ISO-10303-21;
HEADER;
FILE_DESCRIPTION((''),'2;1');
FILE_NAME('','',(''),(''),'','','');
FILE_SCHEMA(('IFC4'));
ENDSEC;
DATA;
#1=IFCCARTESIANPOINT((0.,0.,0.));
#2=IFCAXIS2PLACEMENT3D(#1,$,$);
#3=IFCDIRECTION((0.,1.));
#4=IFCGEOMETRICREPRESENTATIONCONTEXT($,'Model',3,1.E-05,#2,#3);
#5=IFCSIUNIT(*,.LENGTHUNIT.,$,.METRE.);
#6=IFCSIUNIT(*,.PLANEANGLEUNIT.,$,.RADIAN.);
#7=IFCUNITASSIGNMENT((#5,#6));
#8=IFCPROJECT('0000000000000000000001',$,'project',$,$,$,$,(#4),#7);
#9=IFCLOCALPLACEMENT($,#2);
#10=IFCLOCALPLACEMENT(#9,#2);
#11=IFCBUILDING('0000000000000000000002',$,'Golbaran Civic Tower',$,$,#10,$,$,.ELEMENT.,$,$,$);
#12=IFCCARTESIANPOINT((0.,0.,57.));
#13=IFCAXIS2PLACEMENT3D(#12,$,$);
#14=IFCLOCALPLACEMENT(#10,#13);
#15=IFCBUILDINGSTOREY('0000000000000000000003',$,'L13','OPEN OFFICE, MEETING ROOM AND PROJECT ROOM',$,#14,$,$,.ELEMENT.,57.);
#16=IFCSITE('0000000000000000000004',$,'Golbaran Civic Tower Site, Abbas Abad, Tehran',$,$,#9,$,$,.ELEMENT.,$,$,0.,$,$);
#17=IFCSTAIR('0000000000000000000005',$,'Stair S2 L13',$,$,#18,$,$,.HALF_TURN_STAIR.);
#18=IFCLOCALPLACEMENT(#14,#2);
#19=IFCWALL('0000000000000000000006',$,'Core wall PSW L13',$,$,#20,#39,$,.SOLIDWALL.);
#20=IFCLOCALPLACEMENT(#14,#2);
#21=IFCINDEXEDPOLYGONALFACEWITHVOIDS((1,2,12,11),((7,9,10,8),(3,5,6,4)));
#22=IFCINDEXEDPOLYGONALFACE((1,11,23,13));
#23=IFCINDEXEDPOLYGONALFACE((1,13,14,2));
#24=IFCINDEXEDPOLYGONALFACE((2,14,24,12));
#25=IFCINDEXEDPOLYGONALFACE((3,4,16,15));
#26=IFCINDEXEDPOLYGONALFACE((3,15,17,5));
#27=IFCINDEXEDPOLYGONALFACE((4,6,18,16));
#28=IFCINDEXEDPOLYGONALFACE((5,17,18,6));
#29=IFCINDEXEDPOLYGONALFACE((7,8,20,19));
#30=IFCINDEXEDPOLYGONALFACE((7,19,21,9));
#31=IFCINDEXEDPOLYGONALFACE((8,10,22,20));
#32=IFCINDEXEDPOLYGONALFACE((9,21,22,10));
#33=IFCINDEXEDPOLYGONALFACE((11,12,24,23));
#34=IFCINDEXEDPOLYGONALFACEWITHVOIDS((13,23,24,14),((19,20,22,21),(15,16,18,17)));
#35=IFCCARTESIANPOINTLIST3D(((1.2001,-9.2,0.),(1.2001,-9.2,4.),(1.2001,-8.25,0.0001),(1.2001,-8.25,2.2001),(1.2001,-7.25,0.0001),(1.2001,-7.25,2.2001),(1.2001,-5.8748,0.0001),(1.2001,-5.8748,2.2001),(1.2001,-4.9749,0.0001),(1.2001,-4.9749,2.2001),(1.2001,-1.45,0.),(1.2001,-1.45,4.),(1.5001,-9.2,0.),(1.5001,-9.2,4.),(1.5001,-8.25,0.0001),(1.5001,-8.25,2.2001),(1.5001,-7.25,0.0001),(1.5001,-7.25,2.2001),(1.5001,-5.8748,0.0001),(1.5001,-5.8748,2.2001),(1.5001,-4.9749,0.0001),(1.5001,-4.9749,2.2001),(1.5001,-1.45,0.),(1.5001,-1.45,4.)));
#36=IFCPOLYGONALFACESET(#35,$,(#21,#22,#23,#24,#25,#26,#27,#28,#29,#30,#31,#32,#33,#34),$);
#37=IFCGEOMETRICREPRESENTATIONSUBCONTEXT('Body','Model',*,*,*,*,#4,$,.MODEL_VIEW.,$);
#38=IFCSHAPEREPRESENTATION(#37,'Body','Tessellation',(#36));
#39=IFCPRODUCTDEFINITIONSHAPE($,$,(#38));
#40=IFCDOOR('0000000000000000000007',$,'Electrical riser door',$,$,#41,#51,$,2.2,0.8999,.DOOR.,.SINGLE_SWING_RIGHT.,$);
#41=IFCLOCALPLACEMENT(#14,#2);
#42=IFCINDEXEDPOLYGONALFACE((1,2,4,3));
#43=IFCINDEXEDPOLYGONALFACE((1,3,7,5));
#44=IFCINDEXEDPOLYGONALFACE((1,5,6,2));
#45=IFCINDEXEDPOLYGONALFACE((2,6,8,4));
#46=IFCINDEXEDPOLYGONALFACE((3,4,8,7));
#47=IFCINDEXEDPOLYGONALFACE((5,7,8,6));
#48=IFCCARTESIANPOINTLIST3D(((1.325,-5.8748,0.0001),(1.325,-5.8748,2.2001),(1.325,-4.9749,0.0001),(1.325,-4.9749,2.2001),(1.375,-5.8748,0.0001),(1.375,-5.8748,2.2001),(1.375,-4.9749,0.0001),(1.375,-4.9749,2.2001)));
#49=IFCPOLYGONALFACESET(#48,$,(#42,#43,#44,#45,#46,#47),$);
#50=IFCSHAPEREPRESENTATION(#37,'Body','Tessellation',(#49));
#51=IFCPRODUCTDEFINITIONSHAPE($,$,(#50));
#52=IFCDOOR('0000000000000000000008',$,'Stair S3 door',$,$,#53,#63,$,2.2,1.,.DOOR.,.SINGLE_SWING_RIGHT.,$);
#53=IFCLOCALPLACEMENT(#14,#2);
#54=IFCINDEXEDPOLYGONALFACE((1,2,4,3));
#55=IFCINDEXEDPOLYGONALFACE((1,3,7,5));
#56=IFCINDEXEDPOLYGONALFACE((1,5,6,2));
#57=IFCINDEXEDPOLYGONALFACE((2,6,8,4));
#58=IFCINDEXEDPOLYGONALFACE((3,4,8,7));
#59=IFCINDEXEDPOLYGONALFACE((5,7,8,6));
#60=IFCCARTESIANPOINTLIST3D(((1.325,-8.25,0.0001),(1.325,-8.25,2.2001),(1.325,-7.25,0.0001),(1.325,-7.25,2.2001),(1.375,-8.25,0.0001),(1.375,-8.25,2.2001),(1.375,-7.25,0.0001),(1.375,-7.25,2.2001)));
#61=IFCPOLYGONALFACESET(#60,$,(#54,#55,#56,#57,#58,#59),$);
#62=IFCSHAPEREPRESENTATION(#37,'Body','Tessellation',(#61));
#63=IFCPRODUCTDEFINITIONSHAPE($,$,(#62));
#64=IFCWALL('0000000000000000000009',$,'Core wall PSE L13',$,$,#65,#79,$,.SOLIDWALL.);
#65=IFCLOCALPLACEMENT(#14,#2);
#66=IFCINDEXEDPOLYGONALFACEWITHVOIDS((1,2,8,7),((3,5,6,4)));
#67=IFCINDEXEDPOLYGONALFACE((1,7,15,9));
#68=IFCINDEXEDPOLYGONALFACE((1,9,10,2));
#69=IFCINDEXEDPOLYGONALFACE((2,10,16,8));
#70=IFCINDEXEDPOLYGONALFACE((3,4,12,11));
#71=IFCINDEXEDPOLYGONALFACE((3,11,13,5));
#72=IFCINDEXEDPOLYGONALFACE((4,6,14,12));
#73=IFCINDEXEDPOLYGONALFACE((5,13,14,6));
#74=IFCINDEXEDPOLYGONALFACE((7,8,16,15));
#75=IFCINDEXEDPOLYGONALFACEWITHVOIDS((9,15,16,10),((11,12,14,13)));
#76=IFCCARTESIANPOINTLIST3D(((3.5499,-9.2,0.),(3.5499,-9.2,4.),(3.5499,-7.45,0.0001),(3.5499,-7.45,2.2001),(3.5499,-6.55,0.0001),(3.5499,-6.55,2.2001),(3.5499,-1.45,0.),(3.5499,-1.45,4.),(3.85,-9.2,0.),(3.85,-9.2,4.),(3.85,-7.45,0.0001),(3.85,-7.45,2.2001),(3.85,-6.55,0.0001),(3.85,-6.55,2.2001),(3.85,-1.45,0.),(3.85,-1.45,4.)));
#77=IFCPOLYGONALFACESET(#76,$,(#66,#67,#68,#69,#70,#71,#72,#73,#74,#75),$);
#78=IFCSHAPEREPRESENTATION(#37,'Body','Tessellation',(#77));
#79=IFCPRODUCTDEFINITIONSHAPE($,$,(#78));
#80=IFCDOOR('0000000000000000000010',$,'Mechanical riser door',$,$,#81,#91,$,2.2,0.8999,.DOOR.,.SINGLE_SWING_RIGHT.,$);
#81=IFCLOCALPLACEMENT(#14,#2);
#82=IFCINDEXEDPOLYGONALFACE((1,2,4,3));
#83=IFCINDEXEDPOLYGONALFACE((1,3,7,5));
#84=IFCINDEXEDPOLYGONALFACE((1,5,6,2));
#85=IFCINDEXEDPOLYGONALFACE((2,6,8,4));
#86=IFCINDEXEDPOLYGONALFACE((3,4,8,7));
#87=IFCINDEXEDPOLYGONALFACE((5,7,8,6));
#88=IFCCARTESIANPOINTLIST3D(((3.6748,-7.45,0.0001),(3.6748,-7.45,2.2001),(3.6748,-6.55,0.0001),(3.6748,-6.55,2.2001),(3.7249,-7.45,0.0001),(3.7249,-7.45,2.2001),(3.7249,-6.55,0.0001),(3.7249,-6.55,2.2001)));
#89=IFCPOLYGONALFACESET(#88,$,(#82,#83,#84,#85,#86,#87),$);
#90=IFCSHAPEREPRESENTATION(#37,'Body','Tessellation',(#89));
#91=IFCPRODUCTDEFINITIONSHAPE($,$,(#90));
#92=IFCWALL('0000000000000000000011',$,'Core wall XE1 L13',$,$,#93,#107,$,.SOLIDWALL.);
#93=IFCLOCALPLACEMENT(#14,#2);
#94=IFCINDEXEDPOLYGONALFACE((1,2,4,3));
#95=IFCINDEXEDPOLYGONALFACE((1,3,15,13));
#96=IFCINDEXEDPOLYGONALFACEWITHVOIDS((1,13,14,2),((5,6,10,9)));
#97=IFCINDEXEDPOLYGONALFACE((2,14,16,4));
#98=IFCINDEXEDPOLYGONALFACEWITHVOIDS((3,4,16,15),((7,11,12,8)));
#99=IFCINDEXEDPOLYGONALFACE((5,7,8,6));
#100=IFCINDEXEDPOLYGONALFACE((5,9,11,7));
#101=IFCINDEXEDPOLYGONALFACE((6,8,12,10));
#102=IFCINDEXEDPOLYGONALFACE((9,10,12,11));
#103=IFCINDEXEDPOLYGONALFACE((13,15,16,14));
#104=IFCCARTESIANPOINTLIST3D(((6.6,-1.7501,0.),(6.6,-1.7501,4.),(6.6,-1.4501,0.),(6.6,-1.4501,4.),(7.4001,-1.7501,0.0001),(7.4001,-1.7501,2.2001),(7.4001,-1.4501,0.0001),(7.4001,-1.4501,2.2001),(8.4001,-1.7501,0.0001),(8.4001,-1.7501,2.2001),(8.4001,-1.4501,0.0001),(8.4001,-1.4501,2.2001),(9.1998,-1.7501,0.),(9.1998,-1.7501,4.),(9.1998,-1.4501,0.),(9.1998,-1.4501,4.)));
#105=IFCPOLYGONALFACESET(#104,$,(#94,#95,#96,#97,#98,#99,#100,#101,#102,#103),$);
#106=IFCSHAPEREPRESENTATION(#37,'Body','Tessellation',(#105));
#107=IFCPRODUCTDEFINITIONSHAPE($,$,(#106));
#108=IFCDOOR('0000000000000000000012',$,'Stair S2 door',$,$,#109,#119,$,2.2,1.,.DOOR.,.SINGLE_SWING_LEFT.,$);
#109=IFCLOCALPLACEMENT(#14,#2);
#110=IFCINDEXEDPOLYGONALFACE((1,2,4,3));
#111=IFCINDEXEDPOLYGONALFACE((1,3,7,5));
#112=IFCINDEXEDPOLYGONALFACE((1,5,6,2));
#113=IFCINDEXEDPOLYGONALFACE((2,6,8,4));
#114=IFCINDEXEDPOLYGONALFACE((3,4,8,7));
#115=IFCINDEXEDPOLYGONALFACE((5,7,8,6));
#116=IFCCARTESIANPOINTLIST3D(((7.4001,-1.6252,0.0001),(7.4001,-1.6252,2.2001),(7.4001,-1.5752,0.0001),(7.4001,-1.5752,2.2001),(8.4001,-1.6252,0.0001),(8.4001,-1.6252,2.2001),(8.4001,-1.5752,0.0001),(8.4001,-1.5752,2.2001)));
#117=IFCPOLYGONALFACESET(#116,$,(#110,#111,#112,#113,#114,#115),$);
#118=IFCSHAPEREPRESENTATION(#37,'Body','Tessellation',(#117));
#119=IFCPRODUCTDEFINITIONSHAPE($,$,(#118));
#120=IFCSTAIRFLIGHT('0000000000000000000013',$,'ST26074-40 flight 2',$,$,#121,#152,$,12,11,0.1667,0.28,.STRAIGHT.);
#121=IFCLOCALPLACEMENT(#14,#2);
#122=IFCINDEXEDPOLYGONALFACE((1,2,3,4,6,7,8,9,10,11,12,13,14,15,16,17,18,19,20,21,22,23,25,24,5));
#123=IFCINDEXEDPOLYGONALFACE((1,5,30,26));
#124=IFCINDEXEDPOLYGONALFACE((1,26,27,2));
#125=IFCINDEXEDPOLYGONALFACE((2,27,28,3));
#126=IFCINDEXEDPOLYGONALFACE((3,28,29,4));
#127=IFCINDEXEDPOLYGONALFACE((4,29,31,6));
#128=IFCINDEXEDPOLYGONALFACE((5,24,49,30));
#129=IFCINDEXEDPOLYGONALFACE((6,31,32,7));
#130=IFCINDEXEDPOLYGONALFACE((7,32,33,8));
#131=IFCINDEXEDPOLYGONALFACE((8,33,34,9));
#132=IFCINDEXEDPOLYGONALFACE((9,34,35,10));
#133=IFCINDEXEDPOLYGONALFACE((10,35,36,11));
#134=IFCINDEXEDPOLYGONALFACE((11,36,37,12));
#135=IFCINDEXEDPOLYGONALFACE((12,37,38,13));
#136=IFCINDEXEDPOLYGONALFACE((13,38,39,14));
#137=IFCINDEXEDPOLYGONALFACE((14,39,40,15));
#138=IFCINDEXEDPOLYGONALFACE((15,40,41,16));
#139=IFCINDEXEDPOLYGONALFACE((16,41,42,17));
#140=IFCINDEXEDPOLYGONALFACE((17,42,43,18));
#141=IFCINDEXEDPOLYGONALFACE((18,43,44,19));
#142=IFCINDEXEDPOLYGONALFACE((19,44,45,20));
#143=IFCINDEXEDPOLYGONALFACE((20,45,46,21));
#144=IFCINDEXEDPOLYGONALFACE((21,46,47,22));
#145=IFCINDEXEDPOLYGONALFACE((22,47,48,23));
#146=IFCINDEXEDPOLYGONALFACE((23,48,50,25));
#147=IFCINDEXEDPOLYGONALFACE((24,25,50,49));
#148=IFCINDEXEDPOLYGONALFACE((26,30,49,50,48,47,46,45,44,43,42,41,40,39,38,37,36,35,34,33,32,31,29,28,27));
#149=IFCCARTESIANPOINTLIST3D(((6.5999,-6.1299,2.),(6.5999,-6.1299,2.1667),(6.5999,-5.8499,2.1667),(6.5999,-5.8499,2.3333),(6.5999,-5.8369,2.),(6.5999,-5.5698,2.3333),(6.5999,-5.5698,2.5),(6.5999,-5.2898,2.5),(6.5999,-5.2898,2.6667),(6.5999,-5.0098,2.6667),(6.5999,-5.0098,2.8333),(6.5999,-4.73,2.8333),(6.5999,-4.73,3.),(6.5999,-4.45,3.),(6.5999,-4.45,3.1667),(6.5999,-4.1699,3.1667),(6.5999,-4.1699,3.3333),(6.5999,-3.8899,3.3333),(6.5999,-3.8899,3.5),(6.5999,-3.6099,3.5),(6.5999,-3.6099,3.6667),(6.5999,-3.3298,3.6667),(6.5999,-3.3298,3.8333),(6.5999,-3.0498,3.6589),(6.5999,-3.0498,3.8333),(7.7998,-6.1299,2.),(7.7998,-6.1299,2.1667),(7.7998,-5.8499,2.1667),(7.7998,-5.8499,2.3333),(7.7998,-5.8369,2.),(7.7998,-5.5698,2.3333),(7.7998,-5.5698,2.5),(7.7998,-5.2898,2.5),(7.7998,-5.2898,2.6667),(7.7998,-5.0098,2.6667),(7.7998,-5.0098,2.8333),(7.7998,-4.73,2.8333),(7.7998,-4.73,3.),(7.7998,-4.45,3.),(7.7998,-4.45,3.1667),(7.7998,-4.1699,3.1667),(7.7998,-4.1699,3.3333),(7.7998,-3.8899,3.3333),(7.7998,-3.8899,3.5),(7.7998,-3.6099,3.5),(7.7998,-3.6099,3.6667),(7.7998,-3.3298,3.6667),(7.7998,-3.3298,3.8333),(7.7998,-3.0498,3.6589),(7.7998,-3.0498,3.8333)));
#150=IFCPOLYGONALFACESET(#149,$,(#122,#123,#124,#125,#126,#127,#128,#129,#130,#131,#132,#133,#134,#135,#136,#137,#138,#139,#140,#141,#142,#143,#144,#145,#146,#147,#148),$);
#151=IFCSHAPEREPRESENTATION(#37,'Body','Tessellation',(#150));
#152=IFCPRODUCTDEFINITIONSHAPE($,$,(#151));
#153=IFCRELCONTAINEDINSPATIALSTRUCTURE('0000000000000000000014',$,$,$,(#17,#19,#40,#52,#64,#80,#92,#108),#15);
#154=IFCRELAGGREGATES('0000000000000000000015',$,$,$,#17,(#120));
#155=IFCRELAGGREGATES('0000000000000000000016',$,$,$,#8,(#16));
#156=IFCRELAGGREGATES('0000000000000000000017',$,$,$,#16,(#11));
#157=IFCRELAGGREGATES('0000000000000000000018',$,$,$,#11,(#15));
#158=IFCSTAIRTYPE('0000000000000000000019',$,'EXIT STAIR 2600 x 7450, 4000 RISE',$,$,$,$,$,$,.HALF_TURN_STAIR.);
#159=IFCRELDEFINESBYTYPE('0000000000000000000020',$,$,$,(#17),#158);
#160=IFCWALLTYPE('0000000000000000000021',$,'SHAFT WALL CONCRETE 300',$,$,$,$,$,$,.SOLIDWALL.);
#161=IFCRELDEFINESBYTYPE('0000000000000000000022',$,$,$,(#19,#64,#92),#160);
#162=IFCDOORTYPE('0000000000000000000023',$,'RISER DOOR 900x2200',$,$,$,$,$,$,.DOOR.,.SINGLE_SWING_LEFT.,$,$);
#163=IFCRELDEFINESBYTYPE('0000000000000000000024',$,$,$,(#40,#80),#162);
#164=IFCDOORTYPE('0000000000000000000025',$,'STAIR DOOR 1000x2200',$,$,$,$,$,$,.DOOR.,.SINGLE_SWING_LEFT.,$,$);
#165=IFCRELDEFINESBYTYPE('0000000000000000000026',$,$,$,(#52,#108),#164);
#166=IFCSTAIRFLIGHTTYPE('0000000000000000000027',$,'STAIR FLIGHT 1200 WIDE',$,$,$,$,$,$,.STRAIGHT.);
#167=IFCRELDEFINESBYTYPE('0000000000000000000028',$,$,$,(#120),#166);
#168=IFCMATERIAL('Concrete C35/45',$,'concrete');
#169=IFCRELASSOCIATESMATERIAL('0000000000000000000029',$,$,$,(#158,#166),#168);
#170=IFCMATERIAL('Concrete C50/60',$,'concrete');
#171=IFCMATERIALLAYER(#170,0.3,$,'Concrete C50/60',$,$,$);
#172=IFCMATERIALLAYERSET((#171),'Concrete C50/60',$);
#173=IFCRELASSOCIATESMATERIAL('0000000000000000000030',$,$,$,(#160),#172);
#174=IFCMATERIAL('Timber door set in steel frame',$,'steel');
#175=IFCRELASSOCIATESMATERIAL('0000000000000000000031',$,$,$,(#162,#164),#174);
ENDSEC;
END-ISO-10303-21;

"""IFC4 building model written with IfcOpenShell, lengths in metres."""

from ifc_helpers import new_model, si_unit, direction, frame, frame_2d, origin, place, context, subcontext, project, spatial, polyline, rectangle, outline, extrude, material, layer, layer_set, type_object, element, fill, aggregate, save


model = new_model("IFC4")

# Units and contexts
model_context = context("Model", 3, precision=1e-05, world=origin(), true_north=direction((0.0, 1.0)))
body_context = subcontext(model_context, "Body", "Model", "MODEL_VIEW")
ifc_project = project(units=[si_unit("LENGTHUNIT", "METRE"), si_unit("PLANEANGLEUNIT", "RADIAN")], contexts=[model_context])

# Site, building, storey
site_placement = place(None, origin())
site = spatial("IfcSite", under=ifc_project, at=site_placement, Name="Golbaran Civic Tower Site, Abbas Abad, Tehran", CompositionType="ELEMENT", RefElevation=0.0)
building_placement = place(site_placement, origin())
building = spatial("IfcBuilding", under=site, at=building_placement, Name="Golbaran Civic Tower", CompositionType="ELEMENT")
storey_placement = place(building_placement, frame((0.0, 0.0, 57.0)))
storey = spatial("IfcBuildingStorey", under=building, at=storey_placement, Name="L13", Description="OPEN OFFICE, MEETING ROOM AND PROJECT ROOM", CompositionType="ELEMENT", Elevation=57.0)

# Shared definitions
ifc_material_1 = material(Name="Concrete C35/45", Category="concrete")

# Shared definitions
stair_type = type_object("IfcStairType", Name="EXIT STAIR 2600 x 7450, 4000 RISE", PredefinedType="HALF_TURN_STAIR", material=ifc_material_1)

# Stair
stair_1_placement = place(storey_placement, origin())
stair_1 = element("IfcStair", 1, at=stair_1_placement, inside=storey, type_object=stair_type, Name="Stair S2 L13", PredefinedType="HALF_TURN_STAIR")

# Shared definitions
ifc_material_2 = material(Name="Timber door set in steel frame", Category="steel")

# Shared definitions
ifc_material_3 = material(Name="Concrete C50/60", Category="concrete")
ifc_layer_1 = layer(ifc_material_3, 0.3, Name="Concrete C50/60")
ifc_layer_set_1 = layer_set([ifc_layer_1], Name="Concrete C50/60")
wall_type_1 = type_object("IfcWallType", Name="SHAFT WALL CONCRETE 300", PredefinedType="SOLIDWALL", material=ifc_layer_set_1)

# Wall, openings, doors
wall_1_placement = place(storey_placement, frame((1.3501, -1.45, 0.0), z_axis=(0.0, 0.0, 1.0), x_axis=(0.0, -1.0, 0.0)))
wall_1 = element("IfcWall", 2, at=wall_1_placement, inside=storey, type_object=wall_type_1, Name="Core wall PSW L13", PredefinedType="SOLIDWALL", context=body_context, shape_type="SweptSolid", body=[
    extrude(rectangle(XDim=7.75, YDim=0.3, at=frame_2d((3.875, 0.0))), origin(), (0.0, 0.0, 1.0), 4.0),
])
opening_1_placement = place(wall_1_placement, frame((5.8, 0.0, 0.0)))
opening_1 = element("IfcOpeningElement", 3, at=opening_1_placement, cuts=wall_1, PredefinedType="OPENING", context=body_context, shape_type="SweptSolid", body=[
    extrude(rectangle(XDim=1.0, YDim=2.2, at=frame_2d((0.5, 1.1001))), frame((0.0, 0.1599, 0.0), z_axis=(0.0, -1.0, 0.0), x_axis=(1.0, 0.0, 0.0)), (0.0, 0.0, 1.0), 0.3201),
])
opening_2_placement = place(wall_1_placement, frame((3.5249, 0.0, 0.0)))
opening_2 = element("IfcOpeningElement", 4, at=opening_2_placement, cuts=wall_1, PredefinedType="OPENING", context=body_context, shape_type="SweptSolid", body=[
    extrude(rectangle(XDim=0.8999, YDim=2.2, at=frame_2d((0.45, 1.1001))), frame((0.0, 0.1599, 0.0), z_axis=(0.0, -1.0, 0.0), x_axis=(1.0, 0.0, 0.0)), (0.0, 0.0, 1.0), 0.3201),
])
door_type_1 = type_object("IfcDoorType", Name="RISER DOOR 900x2200", OperationType="SINGLE_SWING_LEFT", PredefinedType="DOOR", material=ifc_material_2)
door_1_placement = place(opening_2_placement, origin())
door_1 = element("IfcDoor", 5, at=door_1_placement, inside=storey, type_object=door_type_1, Name="Electrical riser door", OperationType="SINGLE_SWING_RIGHT", OverallHeight=2.2, OverallWidth=0.8999, PredefinedType="DOOR", context=body_context, shape_type="SweptSolid", body=[
    extrude(rectangle(XDim=0.8999, YDim=2.2, at=frame_2d((0.45, 1.1001))), frame((0.0, 0.0249, 0.0), z_axis=(0.0, -1.0, 0.0), x_axis=(1.0, 0.0, 0.0)), (0.0, 0.0, 1.0), 0.05),
])
fill(opening_2, door_1)
door_type_2 = type_object("IfcDoorType", Name="STAIR DOOR 1000x2200", OperationType="SINGLE_SWING_LEFT", PredefinedType="DOOR", material=ifc_material_2)
door_2_placement = place(opening_1_placement, origin())
door_2 = element("IfcDoor", 6, at=door_2_placement, inside=storey, type_object=door_type_2, Name="Stair S3 door", OperationType="SINGLE_SWING_RIGHT", OverallHeight=2.2, OverallWidth=1.0, PredefinedType="DOOR", context=body_context, shape_type="SweptSolid", body=[
    extrude(rectangle(XDim=1.0, YDim=2.2, at=frame_2d((0.5, 1.1001))), frame((0.0, 0.0249, 0.0), z_axis=(0.0, -1.0, 0.0), x_axis=(1.0, 0.0, 0.0)), (0.0, 0.0, 1.0), 0.05),
])
fill(opening_1, door_2)

# Walls, openings, doors
wall_2_placement = place(storey_placement, frame((3.7, -1.45, 0.0), z_axis=(0.0, 0.0, 1.0), x_axis=(0.0, -1.0, 0.0)))
wall_2 = element("IfcWall", 7, at=wall_2_placement, inside=storey, type_object=wall_type_1, Name="Core wall PSE L13", PredefinedType="SOLIDWALL", context=body_context, shape_type="SweptSolid", body=[
    extrude(rectangle(XDim=7.75, YDim=0.3, at=frame_2d((3.875, 0.0))), origin(), (0.0, 0.0, 1.0), 4.0),
])
opening_3_placement = place(wall_2_placement, frame((5.1001, 0.0, 0.0)))
opening_3 = element("IfcOpeningElement", 8, at=opening_3_placement, cuts=wall_2, PredefinedType="OPENING", context=body_context, shape_type="SweptSolid", body=[
    extrude(rectangle(XDim=0.8999, YDim=2.2, at=frame_2d((0.45, 1.1001))), frame((0.0, 0.1599, 0.0), z_axis=(0.0, -1.0, 0.0), x_axis=(1.0, 0.0, 0.0)), (0.0, 0.0, 1.0), 0.3201),
])
door_3_placement = place(opening_3_placement, origin())
door_3 = element("IfcDoor", 9, at=door_3_placement, inside=storey, type_object=door_type_1, Name="Mechanical riser door", OperationType="SINGLE_SWING_RIGHT", OverallHeight=2.2, OverallWidth=0.8999, PredefinedType="DOOR", context=body_context, shape_type="SweptSolid", body=[
    extrude(rectangle(XDim=0.8999, YDim=2.2, at=frame_2d((0.45, 1.1001))), frame((0.0, 0.0249, 0.0), z_axis=(0.0, -1.0, 0.0), x_axis=(1.0, 0.0, 0.0)), (0.0, 0.0, 1.0), 0.05),
])
fill(opening_3, door_3)
wall_3_placement = place(storey_placement, frame((6.6001, -1.6001, 0.0), z_axis=(0.0, 0.0, 1.0), x_axis=(1.0, 0.0, 0.0)))
wall_3 = element("IfcWall", 10, at=wall_3_placement, inside=storey, type_object=wall_type_1, Name="Core wall XE1 L13", PredefinedType="SOLIDWALL", context=body_context, shape_type="SweptSolid", body=[
    extrude(rectangle(XDim=2.5999, YDim=0.3, at=frame_2d((1.2998, 0.0))), origin(), (0.0, 0.0, 1.0), 4.0),
])
opening_4_placement = place(wall_3_placement, frame((0.8, 0.0, 0.0)))
opening_4 = element("IfcOpeningElement", 11, at=opening_4_placement, cuts=wall_3, PredefinedType="OPENING", context=body_context, shape_type="SweptSolid", body=[
    extrude(rectangle(XDim=1.0, YDim=2.2, at=frame_2d((0.5, 1.1001))), frame((0.0, 0.1599, 0.0), z_axis=(0.0, -1.0, 0.0), x_axis=(1.0, 0.0, 0.0)), (0.0, 0.0, 1.0), 0.3201),
])
door_4_placement = place(opening_4_placement, origin())
door_4 = element("IfcDoor", 12, at=door_4_placement, inside=storey, type_object=door_type_2, Name="Stair S2 door", OperationType="SINGLE_SWING_LEFT", OverallHeight=2.2, OverallWidth=1.0, PredefinedType="DOOR", context=body_context, shape_type="SweptSolid", body=[
    extrude(rectangle(XDim=1.0, YDim=2.2, at=frame_2d((0.5, 1.1001))), frame((0.0, 0.0249, 0.0), z_axis=(0.0, -1.0, 0.0), x_axis=(1.0, 0.0, 0.0)), (0.0, 0.0, 1.0), 0.05),
])
fill(opening_4, door_4)

# Stair flight
stair_flight_type = type_object("IfcStairFlightType", Name="STAIR FLIGHT 1200 WIDE", PredefinedType="STRAIGHT", material=ifc_material_1)
stair_flight_placement = place(storey_placement, frame((7.2, -6.1299, 2.0), z_axis=(0.0, 0.0, 1.0), x_axis=(0.0, 1.0, 0.0)))
stair_flight = element("IfcStairFlight", 13, at=stair_flight_placement, type_object=stair_flight_type, Name="ST26074-40 flight 2", NumberOfRisers=12, NumberOfTreads=11, PredefinedType="STRAIGHT", RiserHeight=0.1667, TreadLength=0.28, context=body_context, shape_type="SweptSolid", body=[
    extrude(outline(polyline([(0.0, 0.0), (0.0, 0.1667), (0.28, 0.1667), (0.28, 0.3333), (0.5601, 0.3333), (0.5601, 0.5), (0.8401, 0.5), (0.8401, 0.6667), (1.1201, 0.6667), (1.1201, 0.8333), (1.3999, 0.8333), (1.3999, 1.0), (1.6799, 1.0), (1.6799, 1.1667), (1.96, 1.1667), (1.96, 1.3333), (2.24, 1.3333), (2.24, 1.5), (2.52, 1.5), (2.52, 1.6667), (2.8, 1.6667), (2.8, 1.8333), (3.0801, 1.8333), (3.0801, 2.0), (3.0801, 1.6589), (0.293, 0.0), (0.0, 0.0)])), frame((0.0, 0.6001, 0.0), z_axis=(0.0, -1.0, 0.0), x_axis=(1.0, 0.0, 0.0)), (0.0, 0.0, 1.0), 1.2),
])
aggregate(stair_1, [stair_flight])

save(model, "model.ifc")
